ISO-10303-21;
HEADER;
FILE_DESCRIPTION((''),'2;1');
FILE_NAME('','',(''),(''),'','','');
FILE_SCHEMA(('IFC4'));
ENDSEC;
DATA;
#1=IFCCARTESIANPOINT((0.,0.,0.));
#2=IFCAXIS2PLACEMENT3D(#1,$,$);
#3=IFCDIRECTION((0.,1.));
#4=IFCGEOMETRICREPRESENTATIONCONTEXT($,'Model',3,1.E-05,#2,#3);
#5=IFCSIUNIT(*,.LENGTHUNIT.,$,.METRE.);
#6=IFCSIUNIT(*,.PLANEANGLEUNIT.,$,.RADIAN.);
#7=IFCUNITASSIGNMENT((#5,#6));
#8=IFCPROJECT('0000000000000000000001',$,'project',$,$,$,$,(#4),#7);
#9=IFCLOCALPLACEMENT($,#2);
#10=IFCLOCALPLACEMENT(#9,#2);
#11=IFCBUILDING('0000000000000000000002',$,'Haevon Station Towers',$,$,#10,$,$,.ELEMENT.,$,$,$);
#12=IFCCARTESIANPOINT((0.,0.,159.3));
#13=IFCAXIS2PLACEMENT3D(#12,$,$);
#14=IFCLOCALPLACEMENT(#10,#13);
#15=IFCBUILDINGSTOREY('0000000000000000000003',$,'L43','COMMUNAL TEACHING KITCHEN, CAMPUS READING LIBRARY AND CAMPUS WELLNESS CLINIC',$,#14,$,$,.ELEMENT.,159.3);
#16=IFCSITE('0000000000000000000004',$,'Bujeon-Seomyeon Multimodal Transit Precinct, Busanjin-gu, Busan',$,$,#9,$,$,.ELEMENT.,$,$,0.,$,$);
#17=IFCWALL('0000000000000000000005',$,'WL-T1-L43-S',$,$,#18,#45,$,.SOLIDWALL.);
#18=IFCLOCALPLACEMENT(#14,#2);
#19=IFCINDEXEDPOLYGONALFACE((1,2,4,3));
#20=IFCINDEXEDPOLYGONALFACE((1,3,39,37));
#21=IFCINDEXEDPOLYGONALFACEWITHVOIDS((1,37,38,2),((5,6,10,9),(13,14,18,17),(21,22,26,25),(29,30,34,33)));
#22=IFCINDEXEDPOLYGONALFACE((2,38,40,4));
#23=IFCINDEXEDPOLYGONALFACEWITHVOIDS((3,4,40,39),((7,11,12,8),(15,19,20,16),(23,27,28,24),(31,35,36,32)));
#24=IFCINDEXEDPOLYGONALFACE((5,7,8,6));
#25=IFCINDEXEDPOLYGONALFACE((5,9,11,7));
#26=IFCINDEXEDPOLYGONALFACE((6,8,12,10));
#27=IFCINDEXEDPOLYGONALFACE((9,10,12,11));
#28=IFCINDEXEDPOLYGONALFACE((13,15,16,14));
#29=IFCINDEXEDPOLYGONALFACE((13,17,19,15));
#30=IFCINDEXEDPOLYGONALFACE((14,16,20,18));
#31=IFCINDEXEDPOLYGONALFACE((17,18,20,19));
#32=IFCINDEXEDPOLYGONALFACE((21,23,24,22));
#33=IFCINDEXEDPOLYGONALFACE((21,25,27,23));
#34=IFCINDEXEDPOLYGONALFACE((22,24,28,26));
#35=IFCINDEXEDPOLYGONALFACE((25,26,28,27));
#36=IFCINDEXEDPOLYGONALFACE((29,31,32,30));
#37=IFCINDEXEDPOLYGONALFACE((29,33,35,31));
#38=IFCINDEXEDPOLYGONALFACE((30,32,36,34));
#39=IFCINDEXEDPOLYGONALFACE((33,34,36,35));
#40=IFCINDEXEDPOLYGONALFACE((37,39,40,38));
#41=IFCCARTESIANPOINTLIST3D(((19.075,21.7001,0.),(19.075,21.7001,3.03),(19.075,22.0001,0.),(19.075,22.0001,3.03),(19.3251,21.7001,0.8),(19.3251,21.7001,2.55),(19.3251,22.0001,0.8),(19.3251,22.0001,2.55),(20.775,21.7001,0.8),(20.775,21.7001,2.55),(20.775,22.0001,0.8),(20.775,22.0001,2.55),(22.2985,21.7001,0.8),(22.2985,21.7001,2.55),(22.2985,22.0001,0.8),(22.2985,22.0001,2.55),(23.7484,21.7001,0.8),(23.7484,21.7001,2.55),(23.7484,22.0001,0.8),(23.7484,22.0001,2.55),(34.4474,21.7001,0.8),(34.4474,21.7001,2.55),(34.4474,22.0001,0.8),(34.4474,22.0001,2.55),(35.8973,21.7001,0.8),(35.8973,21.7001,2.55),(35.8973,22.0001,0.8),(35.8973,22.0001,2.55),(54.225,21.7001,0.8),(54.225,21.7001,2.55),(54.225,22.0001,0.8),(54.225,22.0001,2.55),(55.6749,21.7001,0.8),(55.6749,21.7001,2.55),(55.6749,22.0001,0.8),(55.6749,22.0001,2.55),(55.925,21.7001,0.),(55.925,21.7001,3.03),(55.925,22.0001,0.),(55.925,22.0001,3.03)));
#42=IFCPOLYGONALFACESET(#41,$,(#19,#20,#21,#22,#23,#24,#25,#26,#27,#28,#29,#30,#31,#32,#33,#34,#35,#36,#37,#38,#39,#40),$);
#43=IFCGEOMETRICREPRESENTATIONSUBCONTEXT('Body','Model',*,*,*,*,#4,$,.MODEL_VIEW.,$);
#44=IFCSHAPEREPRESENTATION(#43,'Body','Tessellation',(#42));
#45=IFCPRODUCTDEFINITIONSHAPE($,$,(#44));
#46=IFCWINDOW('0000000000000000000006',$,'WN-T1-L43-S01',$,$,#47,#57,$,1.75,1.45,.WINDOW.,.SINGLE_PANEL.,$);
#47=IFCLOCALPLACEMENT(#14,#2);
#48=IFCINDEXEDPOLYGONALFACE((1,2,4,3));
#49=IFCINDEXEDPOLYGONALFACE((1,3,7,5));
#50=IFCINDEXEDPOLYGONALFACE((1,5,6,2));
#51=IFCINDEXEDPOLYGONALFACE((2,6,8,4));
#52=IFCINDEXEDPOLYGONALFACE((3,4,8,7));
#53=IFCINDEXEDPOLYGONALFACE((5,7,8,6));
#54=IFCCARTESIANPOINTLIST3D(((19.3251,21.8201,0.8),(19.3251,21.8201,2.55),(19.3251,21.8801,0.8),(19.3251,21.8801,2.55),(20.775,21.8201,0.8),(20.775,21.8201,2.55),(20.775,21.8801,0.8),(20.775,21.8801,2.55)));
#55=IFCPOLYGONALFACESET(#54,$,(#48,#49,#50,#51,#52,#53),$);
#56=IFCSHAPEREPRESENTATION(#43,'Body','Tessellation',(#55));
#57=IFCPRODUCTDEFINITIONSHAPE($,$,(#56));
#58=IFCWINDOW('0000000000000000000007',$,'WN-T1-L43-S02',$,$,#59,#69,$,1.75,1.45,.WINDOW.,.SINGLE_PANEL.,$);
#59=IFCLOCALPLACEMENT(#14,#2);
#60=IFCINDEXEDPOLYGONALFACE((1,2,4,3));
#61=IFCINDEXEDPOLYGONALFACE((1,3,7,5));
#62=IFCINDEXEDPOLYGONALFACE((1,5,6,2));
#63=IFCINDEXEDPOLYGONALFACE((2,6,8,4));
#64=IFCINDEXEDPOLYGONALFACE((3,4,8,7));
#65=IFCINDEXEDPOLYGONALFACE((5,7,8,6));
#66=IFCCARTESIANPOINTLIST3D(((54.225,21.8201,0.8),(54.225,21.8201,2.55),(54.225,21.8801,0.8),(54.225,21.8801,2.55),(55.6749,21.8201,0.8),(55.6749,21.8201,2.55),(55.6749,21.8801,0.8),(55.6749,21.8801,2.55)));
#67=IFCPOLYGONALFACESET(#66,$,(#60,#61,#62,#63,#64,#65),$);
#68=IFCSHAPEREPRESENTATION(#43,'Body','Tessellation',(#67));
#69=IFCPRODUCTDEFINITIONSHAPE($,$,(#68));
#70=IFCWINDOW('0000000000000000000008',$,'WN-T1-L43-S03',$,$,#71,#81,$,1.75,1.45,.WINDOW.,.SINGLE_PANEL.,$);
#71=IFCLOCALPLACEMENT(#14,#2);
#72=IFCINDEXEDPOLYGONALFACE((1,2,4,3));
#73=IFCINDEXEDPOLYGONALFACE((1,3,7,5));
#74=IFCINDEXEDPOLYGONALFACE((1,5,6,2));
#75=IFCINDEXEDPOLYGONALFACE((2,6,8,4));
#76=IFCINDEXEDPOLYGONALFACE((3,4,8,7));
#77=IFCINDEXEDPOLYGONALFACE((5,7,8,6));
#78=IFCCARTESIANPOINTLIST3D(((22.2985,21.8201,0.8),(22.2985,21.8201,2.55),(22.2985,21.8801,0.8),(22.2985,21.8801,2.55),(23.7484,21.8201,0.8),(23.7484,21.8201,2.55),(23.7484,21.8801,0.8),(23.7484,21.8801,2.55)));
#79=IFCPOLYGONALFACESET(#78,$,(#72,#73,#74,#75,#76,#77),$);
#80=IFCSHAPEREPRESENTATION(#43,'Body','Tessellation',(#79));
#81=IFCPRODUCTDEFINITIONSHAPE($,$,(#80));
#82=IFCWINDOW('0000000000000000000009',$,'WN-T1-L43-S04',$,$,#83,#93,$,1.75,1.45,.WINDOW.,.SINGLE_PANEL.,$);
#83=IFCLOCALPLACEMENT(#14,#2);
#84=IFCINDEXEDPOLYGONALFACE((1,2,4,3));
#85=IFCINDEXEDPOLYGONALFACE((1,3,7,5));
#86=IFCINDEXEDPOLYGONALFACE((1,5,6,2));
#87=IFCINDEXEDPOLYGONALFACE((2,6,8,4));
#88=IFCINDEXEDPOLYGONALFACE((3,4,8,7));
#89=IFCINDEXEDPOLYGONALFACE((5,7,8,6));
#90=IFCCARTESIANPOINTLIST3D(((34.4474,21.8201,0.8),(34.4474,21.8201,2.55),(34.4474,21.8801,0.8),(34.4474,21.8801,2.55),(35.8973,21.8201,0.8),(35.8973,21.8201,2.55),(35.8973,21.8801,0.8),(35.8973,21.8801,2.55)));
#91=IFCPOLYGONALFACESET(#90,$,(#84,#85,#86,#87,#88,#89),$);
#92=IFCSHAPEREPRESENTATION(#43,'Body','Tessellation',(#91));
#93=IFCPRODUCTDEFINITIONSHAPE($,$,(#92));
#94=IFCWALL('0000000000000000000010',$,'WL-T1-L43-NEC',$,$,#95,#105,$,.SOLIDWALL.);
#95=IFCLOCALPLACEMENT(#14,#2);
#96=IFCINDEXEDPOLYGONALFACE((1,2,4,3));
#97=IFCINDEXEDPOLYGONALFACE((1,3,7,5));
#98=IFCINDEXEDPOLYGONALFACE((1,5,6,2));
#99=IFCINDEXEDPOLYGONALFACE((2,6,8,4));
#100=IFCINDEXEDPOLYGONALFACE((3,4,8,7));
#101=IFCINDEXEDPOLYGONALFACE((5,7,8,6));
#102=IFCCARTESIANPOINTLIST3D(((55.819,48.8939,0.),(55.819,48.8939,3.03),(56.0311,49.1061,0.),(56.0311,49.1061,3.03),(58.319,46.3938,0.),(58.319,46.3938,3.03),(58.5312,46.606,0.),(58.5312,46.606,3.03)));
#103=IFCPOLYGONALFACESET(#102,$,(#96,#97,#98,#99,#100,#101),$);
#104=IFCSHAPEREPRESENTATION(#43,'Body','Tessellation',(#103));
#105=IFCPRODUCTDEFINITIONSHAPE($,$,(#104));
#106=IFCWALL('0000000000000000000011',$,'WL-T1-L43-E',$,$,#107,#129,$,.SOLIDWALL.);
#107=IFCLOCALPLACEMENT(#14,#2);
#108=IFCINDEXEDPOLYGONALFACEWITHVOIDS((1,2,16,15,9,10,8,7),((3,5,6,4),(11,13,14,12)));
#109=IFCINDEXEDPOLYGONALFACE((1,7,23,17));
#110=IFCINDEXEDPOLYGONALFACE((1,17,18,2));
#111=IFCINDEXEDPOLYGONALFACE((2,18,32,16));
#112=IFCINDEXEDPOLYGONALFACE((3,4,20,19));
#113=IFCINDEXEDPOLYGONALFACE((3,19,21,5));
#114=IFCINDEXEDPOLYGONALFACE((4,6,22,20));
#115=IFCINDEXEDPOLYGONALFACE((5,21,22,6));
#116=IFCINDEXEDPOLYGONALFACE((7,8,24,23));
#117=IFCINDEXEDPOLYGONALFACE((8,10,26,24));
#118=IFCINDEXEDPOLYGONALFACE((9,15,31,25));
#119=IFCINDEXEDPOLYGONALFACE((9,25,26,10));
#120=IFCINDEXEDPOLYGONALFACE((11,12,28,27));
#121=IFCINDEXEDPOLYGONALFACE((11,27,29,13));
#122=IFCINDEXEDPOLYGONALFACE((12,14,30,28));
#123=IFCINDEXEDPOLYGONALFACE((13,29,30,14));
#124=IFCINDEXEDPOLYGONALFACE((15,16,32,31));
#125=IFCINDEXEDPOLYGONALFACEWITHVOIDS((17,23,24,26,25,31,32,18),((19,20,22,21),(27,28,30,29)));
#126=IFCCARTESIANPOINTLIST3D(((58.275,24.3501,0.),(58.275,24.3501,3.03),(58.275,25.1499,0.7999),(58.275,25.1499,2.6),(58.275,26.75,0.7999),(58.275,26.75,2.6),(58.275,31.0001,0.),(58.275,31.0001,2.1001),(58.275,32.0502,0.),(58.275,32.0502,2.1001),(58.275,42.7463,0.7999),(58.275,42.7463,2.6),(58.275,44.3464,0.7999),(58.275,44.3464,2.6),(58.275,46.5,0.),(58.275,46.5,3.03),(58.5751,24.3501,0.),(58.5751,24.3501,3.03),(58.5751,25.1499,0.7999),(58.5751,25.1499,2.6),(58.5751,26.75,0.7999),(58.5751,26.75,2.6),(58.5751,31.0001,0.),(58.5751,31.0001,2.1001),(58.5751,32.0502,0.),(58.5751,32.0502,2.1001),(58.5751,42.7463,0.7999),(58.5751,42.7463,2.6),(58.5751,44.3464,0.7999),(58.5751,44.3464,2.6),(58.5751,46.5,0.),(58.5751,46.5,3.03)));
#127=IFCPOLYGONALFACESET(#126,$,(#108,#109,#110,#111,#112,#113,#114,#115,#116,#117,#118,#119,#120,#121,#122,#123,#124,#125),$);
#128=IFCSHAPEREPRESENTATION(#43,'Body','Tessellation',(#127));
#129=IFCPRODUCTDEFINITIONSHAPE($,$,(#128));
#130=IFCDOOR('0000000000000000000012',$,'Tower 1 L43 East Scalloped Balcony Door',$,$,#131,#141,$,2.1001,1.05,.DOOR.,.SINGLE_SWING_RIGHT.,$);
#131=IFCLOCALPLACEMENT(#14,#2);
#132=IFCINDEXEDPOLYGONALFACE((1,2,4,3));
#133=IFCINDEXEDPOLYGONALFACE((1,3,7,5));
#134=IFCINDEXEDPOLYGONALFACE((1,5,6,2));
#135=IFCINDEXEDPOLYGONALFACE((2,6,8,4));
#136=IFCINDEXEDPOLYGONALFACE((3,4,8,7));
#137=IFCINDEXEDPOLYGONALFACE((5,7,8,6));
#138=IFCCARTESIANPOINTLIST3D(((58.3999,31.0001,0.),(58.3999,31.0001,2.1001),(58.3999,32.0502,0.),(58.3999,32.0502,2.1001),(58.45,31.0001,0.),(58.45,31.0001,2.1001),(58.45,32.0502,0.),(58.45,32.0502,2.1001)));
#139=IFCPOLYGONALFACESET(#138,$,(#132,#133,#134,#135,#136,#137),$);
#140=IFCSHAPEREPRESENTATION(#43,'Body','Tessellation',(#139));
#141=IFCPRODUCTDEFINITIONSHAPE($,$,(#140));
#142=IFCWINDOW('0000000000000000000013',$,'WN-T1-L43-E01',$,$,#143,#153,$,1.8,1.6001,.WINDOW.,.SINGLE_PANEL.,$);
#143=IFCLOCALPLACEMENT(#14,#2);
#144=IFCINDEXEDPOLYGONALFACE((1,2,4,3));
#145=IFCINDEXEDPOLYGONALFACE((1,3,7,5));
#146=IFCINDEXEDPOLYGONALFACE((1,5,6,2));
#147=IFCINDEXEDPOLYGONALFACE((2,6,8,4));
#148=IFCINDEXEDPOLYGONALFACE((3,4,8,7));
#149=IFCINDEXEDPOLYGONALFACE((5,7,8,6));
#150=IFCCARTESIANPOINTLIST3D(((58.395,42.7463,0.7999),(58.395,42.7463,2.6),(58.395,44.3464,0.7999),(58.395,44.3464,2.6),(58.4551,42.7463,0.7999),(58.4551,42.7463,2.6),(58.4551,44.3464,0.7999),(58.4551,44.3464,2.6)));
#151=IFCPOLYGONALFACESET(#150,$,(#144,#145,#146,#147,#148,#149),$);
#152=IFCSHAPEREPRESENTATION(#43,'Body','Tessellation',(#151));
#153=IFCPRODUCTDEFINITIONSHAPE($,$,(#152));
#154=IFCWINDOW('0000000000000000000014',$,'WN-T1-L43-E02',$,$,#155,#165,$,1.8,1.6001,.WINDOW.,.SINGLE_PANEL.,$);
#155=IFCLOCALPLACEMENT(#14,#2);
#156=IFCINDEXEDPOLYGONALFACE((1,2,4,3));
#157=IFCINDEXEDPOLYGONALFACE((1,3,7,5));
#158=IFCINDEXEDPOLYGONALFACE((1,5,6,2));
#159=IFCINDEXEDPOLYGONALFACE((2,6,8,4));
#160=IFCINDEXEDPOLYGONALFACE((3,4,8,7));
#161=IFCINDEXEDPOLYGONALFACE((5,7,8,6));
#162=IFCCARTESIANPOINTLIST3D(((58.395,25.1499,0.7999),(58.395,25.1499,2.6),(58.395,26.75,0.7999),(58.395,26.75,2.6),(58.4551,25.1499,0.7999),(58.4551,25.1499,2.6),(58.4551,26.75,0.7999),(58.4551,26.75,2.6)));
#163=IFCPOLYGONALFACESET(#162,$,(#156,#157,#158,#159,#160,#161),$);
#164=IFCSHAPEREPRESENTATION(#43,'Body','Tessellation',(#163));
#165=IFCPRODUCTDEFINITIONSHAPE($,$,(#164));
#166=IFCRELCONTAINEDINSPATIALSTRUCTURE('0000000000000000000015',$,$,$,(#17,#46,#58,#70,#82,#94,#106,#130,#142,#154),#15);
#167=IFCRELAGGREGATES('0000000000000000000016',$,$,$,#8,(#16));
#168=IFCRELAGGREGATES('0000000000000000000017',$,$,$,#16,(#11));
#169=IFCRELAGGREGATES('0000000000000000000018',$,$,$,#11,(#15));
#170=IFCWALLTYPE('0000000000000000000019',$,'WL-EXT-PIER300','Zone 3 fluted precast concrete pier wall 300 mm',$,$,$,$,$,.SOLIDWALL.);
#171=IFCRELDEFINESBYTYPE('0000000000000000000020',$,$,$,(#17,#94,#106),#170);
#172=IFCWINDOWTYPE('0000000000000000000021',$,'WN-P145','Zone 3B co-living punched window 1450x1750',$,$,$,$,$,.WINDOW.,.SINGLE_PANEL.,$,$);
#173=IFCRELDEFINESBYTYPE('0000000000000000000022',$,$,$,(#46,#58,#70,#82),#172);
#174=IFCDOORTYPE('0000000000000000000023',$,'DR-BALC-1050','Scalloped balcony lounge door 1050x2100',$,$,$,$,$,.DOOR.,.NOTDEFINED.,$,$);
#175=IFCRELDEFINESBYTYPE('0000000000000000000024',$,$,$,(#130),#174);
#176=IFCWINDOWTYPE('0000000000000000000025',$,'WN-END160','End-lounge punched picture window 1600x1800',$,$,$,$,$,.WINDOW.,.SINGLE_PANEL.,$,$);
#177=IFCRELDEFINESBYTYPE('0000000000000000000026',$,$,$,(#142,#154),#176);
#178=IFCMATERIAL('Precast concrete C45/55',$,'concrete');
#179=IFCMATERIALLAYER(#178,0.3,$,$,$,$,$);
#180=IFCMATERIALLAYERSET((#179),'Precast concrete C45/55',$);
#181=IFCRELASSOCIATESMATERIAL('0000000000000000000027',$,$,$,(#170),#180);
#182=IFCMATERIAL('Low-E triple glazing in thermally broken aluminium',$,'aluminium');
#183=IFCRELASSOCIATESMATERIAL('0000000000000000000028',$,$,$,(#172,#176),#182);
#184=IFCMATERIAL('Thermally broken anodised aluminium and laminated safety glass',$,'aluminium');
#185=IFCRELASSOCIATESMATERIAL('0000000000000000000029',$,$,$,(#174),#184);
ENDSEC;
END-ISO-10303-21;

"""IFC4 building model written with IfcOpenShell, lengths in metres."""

from ifc_helpers import new_model, si_unit, direction, frame, frame_2d, origin, place, context, subcontext, project, spatial, rectangle, extrude, material, layer, layer_set, type_object, element, fill, save


model = new_model("IFC4")

# Units and contexts
model_context = context("Model", 3, precision=1e-05, world=origin(), true_north=direction((0.0, 1.0)))
body_context = subcontext(model_context, "Body", "Model", "MODEL_VIEW")
ifc_project = project(units=[si_unit("LENGTHUNIT", "METRE"), si_unit("PLANEANGLEUNIT", "RADIAN")], contexts=[model_context])

# Site, building, storey
site_placement = place(None, origin())
site = spatial("IfcSite", under=ifc_project, at=site_placement, Name="Bujeon-Seomyeon Multimodal Transit Precinct, Busanjin-gu, Busan", CompositionType="ELEMENT", RefElevation=0.0)
building_placement = place(site_placement, origin())
building = spatial("IfcBuilding", under=site, at=building_placement, Name="Haevon Station Towers", CompositionType="ELEMENT")
storey_placement = place(building_placement, frame((0.0, 0.0, 159.3)))
storey = spatial("IfcBuildingStorey", under=building, at=storey_placement, Name="L43", Description="COMMUNAL TEACHING KITCHEN, CAMPUS READING LIBRARY AND CAMPUS WELLNESS CLINIC", CompositionType="ELEMENT", Elevation=159.3)

# Wall, openings, windows
ifc_material_1 = material(Name="Precast concrete C45/55", Category="concrete")
ifc_layer_1 = layer(ifc_material_1, 0.3)
ifc_layer_set_1 = layer_set([ifc_layer_1], Name="Precast concrete C45/55")
wall_type_1 = type_object("IfcWallType", Name="WL-EXT-PIER300", Description="Zone 3 fluted precast concrete pier wall 300 mm", PredefinedType="SOLIDWALL", material=ifc_layer_set_1)
wall_1_placement = place(storey_placement, frame((55.925, 21.8501, 0.0), z_axis=(0.0, 0.0, 1.0), x_axis=(-1.0, 0.0, 0.0)))
wall_1 = element("IfcWall", 1, at=wall_1_placement, inside=storey, type_object=wall_type_1, Name="WL-T1-L43-S", PredefinedType="SOLIDWALL", context=body_context, shape_type="SweptSolid", body=[
    extrude(rectangle(XDim=36.8501, YDim=0.3, at=frame_2d((18.425, 0.0))), origin(), (0.0, 0.0, 1.0), 3.03),
])
opening_1_placement = place(wall_1_placement, frame((35.1499, 0.0, 0.8)))
opening_1 = element("IfcOpeningElement", 2, at=opening_1_placement, cuts=wall_1, PredefinedType="OPENING", context=body_context, shape_type="SweptSolid", body=[
    extrude(rectangle(XDim=1.45, YDim=1.75, at=frame_2d((0.7251, 0.875))), frame((0.0, 0.1599, 0.0), z_axis=(0.0, -1.0, 0.0), x_axis=(1.0, 0.0, 0.0)), (0.0, 0.0, 1.0), 0.3201),
])
opening_2_placement = place(wall_1_placement, frame((0.25, 0.0, 0.8)))
opening_2 = element("IfcOpeningElement", 3, at=opening_2_placement, cuts=wall_1, PredefinedType="OPENING", context=body_context, shape_type="SweptSolid", body=[
    extrude(rectangle(XDim=1.45, YDim=1.75, at=frame_2d((0.7251, 0.875))), frame((0.0, 0.1599, 0.0), z_axis=(0.0, -1.0, 0.0), x_axis=(1.0, 0.0, 0.0)), (0.0, 0.0, 1.0), 0.3201),
])
opening_3_placement = place(wall_1_placement, frame((32.1765, 0.0, 0.8)))
opening_3 = element("IfcOpeningElement", 4, at=opening_3_placement, cuts=wall_1, PredefinedType="OPENING", context=body_context, shape_type="SweptSolid", body=[
    extrude(rectangle(XDim=1.45, YDim=1.75, at=frame_2d((0.7251, 0.875))), frame((0.0, 0.1599, 0.0), z_axis=(0.0, -1.0, 0.0), x_axis=(1.0, 0.0, 0.0)), (0.0, 0.0, 1.0), 0.3201),
])
opening_4_placement = place(wall_1_placement, frame((20.0276, 0.0, 0.8)))
opening_4 = element("IfcOpeningElement", 5, at=opening_4_placement, cuts=wall_1, PredefinedType="OPENING", context=body_context, shape_type="SweptSolid", body=[
    extrude(rectangle(XDim=1.45, YDim=1.75, at=frame_2d((0.7251, 0.875))), frame((0.0, 0.1599, 0.0), z_axis=(0.0, -1.0, 0.0), x_axis=(1.0, 0.0, 0.0)), (0.0, 0.0, 1.0), 0.3201),
])
ifc_material_2 = material(Name="Low-E triple glazing in thermally broken aluminium", Category="aluminium")
window_type_1 = type_object("IfcWindowType", Name="WN-P145", Description="Zone 3B co-living punched window 1450x1750", PartitioningType="SINGLE_PANEL", PredefinedType="WINDOW", material=ifc_material_2)
window_1_placement = place(opening_1_placement, origin())
window_1 = element("IfcWindow", 6, at=window_1_placement, inside=storey, type_object=window_type_1, Name="WN-T1-L43-S01", OverallHeight=1.75, OverallWidth=1.45, PartitioningType="SINGLE_PANEL", PredefinedType="WINDOW", context=body_context, shape_type="SweptSolid", body=[
    extrude(rectangle(XDim=1.45, YDim=1.75, at=frame_2d((0.7251, 0.875))), frame((0.0, 0.03, 0.0), z_axis=(0.0, -1.0, 0.0), x_axis=(1.0, 0.0, 0.0)), (0.0, 0.0, 1.0), 0.0601),
])
fill(opening_1, window_1)
window_2_placement = place(opening_2_placement, origin())
window_2 = element("IfcWindow", 7, at=window_2_placement, inside=storey, type_object=window_type_1, Name="WN-T1-L43-S02", OverallHeight=1.75, OverallWidth=1.45, PartitioningType="SINGLE_PANEL", PredefinedType="WINDOW", context=body_context, shape_type="SweptSolid", body=[
    extrude(rectangle(XDim=1.45, YDim=1.75, at=frame_2d((0.7251, 0.875))), frame((0.0, 0.03, 0.0), z_axis=(0.0, -1.0, 0.0), x_axis=(1.0, 0.0, 0.0)), (0.0, 0.0, 1.0), 0.0601),
])
fill(opening_2, window_2)
window_3_placement = place(opening_3_placement, origin())
window_3 = element("IfcWindow", 8, at=window_3_placement, inside=storey, type_object=window_type_1, Name="WN-T1-L43-S03", OverallHeight=1.75, OverallWidth=1.45, PartitioningType="SINGLE_PANEL", PredefinedType="WINDOW", context=body_context, shape_type="SweptSolid", body=[
    extrude(rectangle(XDim=1.45, YDim=1.75, at=frame_2d((0.7251, 0.875))), frame((0.0, 0.03, 0.0), z_axis=(0.0, -1.0, 0.0), x_axis=(1.0, 0.0, 0.0)), (0.0, 0.0, 1.0), 0.0601),
])
fill(opening_3, window_3)
window_4_placement = place(opening_4_placement, origin())
window_4 = element("IfcWindow", 9, at=window_4_placement, inside=storey, type_object=window_type_1, Name="WN-T1-L43-S04", OverallHeight=1.75, OverallWidth=1.45, PartitioningType="SINGLE_PANEL", PredefinedType="WINDOW", context=body_context, shape_type="SweptSolid", body=[
    extrude(rectangle(XDim=1.45, YDim=1.75, at=frame_2d((0.7251, 0.875))), frame((0.0, 0.03, 0.0), z_axis=(0.0, -1.0, 0.0), x_axis=(1.0, 0.0, 0.0)), (0.0, 0.0, 1.0), 0.0601),
])
fill(opening_4, window_4)

# Wall
wall_2_placement = place(storey_placement, frame((55.925, 49.0, 0.0), z_axis=(0.0, 0.0, 1.0), x_axis=(0.707107, -0.707107, 0.0)))
element("IfcWall", 10, at=wall_2_placement, inside=storey, type_object=wall_type_1, Name="WL-T1-L43-NEC", PredefinedType="SOLIDWALL", context=body_context, shape_type="SweptSolid", body=[
    extrude(rectangle(XDim=3.5356, YDim=0.3, at=frame_2d((1.7678, 0.0))), origin(), (0.0, 0.0, 1.0), 3.03),
])

# Wall, openings, door, windows
wall_3_placement = place(storey_placement, frame((58.425, 46.5, 0.0), z_axis=(0.0, 0.0, 1.0), x_axis=(0.0, -1.0, 0.0)))
wall_3 = element("IfcWall", 11, at=wall_3_placement, inside=storey, type_object=wall_type_1, Name="WL-T1-L43-E", PredefinedType="SOLIDWALL", context=body_context, shape_type="SweptSolid", body=[
    extrude(rectangle(XDim=22.1499, YDim=0.3, at=frame_2d((11.075, 0.0))), origin(), (0.0, 0.0, 1.0), 3.03),
])
opening_5_placement = place(wall_3_placement, frame((14.45, 0.0, 0.0)))
opening_5 = element("IfcOpeningElement", 12, at=opening_5_placement, cuts=wall_3, PredefinedType="OPENING", context=body_context, shape_type="SweptSolid", body=[
    extrude(rectangle(XDim=1.05, YDim=2.1001, at=frame_2d((0.5249, 1.05))), frame((0.0, 0.1599, 0.0), z_axis=(0.0, -1.0, 0.0), x_axis=(1.0, 0.0, 0.0)), (0.0, 0.0, 1.0), 0.3201),
])
opening_6_placement = place(wall_3_placement, frame((2.1536, 0.0, 0.8)))
opening_6 = element("IfcOpeningElement", 13, at=opening_6_placement, cuts=wall_3, PredefinedType="OPENING", context=body_context, shape_type="SweptSolid", body=[
    extrude(rectangle(XDim=1.6001, YDim=1.8, at=frame_2d((0.8, 0.8999))), frame((0.0, 0.1599, 0.0), z_axis=(0.0, -1.0, 0.0), x_axis=(1.0, 0.0, 0.0)), (0.0, 0.0, 1.0), 0.3201),
])
opening_7_placement = place(wall_3_placement, frame((19.75, 0.0, 0.8)))
opening_7 = element("IfcOpeningElement", 14, at=opening_7_placement, cuts=wall_3, PredefinedType="OPENING", context=body_context, shape_type="SweptSolid", body=[
    extrude(rectangle(XDim=1.6001, YDim=1.8, at=frame_2d((0.8, 0.8999))), frame((0.0, 0.1599, 0.0), z_axis=(0.0, -1.0, 0.0), x_axis=(1.0, 0.0, 0.0)), (0.0, 0.0, 1.0), 0.3201),
])
ifc_material_3 = material(Name="Thermally broken anodised aluminium and laminated safety glass", Category="aluminium")
door_type_1 = type_object("IfcDoorType", Name="DR-BALC-1050", Description="Scalloped balcony lounge door 1050x2100", OperationType="NOTDEFINED", PredefinedType="DOOR", material=ifc_material_3)
door_1_placement = place(opening_5_placement, origin())
door_1 = element("IfcDoor", 15, at=door_1_placement, inside=storey, type_object=door_type_1, Name="Tower 1 L43 East Scalloped Balcony Door", OperationType="SINGLE_SWING_RIGHT", OverallHeight=2.1001, OverallWidth=1.05, PredefinedType="DOOR", context=body_context, shape_type="SweptSolid", body=[
    extrude(rectangle(XDim=1.05, YDim=2.1001, at=frame_2d((0.5249, 1.05))), frame((0.0, 0.0249, 0.0), z_axis=(0.0, -1.0, 0.0), x_axis=(1.0, 0.0, 0.0)), (0.0, 0.0, 1.0), 0.05),
])
fill(opening_5, door_1)
window_type_2 = type_object("IfcWindowType", Name="WN-END160", Description="End-lounge punched picture window 1600x1800", PartitioningType="SINGLE_PANEL", PredefinedType="WINDOW", material=ifc_material_2)
window_5_placement = place(opening_6_placement, origin())
window_5 = element("IfcWindow", 16, at=window_5_placement, inside=storey, type_object=window_type_2, Name="WN-T1-L43-E01", OverallHeight=1.8, OverallWidth=1.6001, PartitioningType="SINGLE_PANEL", PredefinedType="WINDOW", context=body_context, shape_type="SweptSolid", body=[
    extrude(rectangle(XDim=1.6001, YDim=1.8, at=frame_2d((0.8, 0.8999))), frame((0.0, 0.03, 0.0), z_axis=(0.0, -1.0, 0.0), x_axis=(1.0, 0.0, 0.0)), (0.0, 0.0, 1.0), 0.0601),
])
fill(opening_6, window_5)
window_6_placement = place(opening_7_placement, origin())
window_6 = element("IfcWindow", 17, at=window_6_placement, inside=storey, type_object=window_type_2, Name="WN-T1-L43-E02", OverallHeight=1.8, OverallWidth=1.6001, PartitioningType="SINGLE_PANEL", PredefinedType="WINDOW", context=body_context, shape_type="SweptSolid", body=[
    extrude(rectangle(XDim=1.6001, YDim=1.8, at=frame_2d((0.8, 0.8999))), frame((0.0, 0.03, 0.0), z_axis=(0.0, -1.0, 0.0), x_axis=(1.0, 0.0, 0.0)), (0.0, 0.0, 1.0), 0.0601),
])
fill(opening_7, window_6)

save(model, "model.ifc")
